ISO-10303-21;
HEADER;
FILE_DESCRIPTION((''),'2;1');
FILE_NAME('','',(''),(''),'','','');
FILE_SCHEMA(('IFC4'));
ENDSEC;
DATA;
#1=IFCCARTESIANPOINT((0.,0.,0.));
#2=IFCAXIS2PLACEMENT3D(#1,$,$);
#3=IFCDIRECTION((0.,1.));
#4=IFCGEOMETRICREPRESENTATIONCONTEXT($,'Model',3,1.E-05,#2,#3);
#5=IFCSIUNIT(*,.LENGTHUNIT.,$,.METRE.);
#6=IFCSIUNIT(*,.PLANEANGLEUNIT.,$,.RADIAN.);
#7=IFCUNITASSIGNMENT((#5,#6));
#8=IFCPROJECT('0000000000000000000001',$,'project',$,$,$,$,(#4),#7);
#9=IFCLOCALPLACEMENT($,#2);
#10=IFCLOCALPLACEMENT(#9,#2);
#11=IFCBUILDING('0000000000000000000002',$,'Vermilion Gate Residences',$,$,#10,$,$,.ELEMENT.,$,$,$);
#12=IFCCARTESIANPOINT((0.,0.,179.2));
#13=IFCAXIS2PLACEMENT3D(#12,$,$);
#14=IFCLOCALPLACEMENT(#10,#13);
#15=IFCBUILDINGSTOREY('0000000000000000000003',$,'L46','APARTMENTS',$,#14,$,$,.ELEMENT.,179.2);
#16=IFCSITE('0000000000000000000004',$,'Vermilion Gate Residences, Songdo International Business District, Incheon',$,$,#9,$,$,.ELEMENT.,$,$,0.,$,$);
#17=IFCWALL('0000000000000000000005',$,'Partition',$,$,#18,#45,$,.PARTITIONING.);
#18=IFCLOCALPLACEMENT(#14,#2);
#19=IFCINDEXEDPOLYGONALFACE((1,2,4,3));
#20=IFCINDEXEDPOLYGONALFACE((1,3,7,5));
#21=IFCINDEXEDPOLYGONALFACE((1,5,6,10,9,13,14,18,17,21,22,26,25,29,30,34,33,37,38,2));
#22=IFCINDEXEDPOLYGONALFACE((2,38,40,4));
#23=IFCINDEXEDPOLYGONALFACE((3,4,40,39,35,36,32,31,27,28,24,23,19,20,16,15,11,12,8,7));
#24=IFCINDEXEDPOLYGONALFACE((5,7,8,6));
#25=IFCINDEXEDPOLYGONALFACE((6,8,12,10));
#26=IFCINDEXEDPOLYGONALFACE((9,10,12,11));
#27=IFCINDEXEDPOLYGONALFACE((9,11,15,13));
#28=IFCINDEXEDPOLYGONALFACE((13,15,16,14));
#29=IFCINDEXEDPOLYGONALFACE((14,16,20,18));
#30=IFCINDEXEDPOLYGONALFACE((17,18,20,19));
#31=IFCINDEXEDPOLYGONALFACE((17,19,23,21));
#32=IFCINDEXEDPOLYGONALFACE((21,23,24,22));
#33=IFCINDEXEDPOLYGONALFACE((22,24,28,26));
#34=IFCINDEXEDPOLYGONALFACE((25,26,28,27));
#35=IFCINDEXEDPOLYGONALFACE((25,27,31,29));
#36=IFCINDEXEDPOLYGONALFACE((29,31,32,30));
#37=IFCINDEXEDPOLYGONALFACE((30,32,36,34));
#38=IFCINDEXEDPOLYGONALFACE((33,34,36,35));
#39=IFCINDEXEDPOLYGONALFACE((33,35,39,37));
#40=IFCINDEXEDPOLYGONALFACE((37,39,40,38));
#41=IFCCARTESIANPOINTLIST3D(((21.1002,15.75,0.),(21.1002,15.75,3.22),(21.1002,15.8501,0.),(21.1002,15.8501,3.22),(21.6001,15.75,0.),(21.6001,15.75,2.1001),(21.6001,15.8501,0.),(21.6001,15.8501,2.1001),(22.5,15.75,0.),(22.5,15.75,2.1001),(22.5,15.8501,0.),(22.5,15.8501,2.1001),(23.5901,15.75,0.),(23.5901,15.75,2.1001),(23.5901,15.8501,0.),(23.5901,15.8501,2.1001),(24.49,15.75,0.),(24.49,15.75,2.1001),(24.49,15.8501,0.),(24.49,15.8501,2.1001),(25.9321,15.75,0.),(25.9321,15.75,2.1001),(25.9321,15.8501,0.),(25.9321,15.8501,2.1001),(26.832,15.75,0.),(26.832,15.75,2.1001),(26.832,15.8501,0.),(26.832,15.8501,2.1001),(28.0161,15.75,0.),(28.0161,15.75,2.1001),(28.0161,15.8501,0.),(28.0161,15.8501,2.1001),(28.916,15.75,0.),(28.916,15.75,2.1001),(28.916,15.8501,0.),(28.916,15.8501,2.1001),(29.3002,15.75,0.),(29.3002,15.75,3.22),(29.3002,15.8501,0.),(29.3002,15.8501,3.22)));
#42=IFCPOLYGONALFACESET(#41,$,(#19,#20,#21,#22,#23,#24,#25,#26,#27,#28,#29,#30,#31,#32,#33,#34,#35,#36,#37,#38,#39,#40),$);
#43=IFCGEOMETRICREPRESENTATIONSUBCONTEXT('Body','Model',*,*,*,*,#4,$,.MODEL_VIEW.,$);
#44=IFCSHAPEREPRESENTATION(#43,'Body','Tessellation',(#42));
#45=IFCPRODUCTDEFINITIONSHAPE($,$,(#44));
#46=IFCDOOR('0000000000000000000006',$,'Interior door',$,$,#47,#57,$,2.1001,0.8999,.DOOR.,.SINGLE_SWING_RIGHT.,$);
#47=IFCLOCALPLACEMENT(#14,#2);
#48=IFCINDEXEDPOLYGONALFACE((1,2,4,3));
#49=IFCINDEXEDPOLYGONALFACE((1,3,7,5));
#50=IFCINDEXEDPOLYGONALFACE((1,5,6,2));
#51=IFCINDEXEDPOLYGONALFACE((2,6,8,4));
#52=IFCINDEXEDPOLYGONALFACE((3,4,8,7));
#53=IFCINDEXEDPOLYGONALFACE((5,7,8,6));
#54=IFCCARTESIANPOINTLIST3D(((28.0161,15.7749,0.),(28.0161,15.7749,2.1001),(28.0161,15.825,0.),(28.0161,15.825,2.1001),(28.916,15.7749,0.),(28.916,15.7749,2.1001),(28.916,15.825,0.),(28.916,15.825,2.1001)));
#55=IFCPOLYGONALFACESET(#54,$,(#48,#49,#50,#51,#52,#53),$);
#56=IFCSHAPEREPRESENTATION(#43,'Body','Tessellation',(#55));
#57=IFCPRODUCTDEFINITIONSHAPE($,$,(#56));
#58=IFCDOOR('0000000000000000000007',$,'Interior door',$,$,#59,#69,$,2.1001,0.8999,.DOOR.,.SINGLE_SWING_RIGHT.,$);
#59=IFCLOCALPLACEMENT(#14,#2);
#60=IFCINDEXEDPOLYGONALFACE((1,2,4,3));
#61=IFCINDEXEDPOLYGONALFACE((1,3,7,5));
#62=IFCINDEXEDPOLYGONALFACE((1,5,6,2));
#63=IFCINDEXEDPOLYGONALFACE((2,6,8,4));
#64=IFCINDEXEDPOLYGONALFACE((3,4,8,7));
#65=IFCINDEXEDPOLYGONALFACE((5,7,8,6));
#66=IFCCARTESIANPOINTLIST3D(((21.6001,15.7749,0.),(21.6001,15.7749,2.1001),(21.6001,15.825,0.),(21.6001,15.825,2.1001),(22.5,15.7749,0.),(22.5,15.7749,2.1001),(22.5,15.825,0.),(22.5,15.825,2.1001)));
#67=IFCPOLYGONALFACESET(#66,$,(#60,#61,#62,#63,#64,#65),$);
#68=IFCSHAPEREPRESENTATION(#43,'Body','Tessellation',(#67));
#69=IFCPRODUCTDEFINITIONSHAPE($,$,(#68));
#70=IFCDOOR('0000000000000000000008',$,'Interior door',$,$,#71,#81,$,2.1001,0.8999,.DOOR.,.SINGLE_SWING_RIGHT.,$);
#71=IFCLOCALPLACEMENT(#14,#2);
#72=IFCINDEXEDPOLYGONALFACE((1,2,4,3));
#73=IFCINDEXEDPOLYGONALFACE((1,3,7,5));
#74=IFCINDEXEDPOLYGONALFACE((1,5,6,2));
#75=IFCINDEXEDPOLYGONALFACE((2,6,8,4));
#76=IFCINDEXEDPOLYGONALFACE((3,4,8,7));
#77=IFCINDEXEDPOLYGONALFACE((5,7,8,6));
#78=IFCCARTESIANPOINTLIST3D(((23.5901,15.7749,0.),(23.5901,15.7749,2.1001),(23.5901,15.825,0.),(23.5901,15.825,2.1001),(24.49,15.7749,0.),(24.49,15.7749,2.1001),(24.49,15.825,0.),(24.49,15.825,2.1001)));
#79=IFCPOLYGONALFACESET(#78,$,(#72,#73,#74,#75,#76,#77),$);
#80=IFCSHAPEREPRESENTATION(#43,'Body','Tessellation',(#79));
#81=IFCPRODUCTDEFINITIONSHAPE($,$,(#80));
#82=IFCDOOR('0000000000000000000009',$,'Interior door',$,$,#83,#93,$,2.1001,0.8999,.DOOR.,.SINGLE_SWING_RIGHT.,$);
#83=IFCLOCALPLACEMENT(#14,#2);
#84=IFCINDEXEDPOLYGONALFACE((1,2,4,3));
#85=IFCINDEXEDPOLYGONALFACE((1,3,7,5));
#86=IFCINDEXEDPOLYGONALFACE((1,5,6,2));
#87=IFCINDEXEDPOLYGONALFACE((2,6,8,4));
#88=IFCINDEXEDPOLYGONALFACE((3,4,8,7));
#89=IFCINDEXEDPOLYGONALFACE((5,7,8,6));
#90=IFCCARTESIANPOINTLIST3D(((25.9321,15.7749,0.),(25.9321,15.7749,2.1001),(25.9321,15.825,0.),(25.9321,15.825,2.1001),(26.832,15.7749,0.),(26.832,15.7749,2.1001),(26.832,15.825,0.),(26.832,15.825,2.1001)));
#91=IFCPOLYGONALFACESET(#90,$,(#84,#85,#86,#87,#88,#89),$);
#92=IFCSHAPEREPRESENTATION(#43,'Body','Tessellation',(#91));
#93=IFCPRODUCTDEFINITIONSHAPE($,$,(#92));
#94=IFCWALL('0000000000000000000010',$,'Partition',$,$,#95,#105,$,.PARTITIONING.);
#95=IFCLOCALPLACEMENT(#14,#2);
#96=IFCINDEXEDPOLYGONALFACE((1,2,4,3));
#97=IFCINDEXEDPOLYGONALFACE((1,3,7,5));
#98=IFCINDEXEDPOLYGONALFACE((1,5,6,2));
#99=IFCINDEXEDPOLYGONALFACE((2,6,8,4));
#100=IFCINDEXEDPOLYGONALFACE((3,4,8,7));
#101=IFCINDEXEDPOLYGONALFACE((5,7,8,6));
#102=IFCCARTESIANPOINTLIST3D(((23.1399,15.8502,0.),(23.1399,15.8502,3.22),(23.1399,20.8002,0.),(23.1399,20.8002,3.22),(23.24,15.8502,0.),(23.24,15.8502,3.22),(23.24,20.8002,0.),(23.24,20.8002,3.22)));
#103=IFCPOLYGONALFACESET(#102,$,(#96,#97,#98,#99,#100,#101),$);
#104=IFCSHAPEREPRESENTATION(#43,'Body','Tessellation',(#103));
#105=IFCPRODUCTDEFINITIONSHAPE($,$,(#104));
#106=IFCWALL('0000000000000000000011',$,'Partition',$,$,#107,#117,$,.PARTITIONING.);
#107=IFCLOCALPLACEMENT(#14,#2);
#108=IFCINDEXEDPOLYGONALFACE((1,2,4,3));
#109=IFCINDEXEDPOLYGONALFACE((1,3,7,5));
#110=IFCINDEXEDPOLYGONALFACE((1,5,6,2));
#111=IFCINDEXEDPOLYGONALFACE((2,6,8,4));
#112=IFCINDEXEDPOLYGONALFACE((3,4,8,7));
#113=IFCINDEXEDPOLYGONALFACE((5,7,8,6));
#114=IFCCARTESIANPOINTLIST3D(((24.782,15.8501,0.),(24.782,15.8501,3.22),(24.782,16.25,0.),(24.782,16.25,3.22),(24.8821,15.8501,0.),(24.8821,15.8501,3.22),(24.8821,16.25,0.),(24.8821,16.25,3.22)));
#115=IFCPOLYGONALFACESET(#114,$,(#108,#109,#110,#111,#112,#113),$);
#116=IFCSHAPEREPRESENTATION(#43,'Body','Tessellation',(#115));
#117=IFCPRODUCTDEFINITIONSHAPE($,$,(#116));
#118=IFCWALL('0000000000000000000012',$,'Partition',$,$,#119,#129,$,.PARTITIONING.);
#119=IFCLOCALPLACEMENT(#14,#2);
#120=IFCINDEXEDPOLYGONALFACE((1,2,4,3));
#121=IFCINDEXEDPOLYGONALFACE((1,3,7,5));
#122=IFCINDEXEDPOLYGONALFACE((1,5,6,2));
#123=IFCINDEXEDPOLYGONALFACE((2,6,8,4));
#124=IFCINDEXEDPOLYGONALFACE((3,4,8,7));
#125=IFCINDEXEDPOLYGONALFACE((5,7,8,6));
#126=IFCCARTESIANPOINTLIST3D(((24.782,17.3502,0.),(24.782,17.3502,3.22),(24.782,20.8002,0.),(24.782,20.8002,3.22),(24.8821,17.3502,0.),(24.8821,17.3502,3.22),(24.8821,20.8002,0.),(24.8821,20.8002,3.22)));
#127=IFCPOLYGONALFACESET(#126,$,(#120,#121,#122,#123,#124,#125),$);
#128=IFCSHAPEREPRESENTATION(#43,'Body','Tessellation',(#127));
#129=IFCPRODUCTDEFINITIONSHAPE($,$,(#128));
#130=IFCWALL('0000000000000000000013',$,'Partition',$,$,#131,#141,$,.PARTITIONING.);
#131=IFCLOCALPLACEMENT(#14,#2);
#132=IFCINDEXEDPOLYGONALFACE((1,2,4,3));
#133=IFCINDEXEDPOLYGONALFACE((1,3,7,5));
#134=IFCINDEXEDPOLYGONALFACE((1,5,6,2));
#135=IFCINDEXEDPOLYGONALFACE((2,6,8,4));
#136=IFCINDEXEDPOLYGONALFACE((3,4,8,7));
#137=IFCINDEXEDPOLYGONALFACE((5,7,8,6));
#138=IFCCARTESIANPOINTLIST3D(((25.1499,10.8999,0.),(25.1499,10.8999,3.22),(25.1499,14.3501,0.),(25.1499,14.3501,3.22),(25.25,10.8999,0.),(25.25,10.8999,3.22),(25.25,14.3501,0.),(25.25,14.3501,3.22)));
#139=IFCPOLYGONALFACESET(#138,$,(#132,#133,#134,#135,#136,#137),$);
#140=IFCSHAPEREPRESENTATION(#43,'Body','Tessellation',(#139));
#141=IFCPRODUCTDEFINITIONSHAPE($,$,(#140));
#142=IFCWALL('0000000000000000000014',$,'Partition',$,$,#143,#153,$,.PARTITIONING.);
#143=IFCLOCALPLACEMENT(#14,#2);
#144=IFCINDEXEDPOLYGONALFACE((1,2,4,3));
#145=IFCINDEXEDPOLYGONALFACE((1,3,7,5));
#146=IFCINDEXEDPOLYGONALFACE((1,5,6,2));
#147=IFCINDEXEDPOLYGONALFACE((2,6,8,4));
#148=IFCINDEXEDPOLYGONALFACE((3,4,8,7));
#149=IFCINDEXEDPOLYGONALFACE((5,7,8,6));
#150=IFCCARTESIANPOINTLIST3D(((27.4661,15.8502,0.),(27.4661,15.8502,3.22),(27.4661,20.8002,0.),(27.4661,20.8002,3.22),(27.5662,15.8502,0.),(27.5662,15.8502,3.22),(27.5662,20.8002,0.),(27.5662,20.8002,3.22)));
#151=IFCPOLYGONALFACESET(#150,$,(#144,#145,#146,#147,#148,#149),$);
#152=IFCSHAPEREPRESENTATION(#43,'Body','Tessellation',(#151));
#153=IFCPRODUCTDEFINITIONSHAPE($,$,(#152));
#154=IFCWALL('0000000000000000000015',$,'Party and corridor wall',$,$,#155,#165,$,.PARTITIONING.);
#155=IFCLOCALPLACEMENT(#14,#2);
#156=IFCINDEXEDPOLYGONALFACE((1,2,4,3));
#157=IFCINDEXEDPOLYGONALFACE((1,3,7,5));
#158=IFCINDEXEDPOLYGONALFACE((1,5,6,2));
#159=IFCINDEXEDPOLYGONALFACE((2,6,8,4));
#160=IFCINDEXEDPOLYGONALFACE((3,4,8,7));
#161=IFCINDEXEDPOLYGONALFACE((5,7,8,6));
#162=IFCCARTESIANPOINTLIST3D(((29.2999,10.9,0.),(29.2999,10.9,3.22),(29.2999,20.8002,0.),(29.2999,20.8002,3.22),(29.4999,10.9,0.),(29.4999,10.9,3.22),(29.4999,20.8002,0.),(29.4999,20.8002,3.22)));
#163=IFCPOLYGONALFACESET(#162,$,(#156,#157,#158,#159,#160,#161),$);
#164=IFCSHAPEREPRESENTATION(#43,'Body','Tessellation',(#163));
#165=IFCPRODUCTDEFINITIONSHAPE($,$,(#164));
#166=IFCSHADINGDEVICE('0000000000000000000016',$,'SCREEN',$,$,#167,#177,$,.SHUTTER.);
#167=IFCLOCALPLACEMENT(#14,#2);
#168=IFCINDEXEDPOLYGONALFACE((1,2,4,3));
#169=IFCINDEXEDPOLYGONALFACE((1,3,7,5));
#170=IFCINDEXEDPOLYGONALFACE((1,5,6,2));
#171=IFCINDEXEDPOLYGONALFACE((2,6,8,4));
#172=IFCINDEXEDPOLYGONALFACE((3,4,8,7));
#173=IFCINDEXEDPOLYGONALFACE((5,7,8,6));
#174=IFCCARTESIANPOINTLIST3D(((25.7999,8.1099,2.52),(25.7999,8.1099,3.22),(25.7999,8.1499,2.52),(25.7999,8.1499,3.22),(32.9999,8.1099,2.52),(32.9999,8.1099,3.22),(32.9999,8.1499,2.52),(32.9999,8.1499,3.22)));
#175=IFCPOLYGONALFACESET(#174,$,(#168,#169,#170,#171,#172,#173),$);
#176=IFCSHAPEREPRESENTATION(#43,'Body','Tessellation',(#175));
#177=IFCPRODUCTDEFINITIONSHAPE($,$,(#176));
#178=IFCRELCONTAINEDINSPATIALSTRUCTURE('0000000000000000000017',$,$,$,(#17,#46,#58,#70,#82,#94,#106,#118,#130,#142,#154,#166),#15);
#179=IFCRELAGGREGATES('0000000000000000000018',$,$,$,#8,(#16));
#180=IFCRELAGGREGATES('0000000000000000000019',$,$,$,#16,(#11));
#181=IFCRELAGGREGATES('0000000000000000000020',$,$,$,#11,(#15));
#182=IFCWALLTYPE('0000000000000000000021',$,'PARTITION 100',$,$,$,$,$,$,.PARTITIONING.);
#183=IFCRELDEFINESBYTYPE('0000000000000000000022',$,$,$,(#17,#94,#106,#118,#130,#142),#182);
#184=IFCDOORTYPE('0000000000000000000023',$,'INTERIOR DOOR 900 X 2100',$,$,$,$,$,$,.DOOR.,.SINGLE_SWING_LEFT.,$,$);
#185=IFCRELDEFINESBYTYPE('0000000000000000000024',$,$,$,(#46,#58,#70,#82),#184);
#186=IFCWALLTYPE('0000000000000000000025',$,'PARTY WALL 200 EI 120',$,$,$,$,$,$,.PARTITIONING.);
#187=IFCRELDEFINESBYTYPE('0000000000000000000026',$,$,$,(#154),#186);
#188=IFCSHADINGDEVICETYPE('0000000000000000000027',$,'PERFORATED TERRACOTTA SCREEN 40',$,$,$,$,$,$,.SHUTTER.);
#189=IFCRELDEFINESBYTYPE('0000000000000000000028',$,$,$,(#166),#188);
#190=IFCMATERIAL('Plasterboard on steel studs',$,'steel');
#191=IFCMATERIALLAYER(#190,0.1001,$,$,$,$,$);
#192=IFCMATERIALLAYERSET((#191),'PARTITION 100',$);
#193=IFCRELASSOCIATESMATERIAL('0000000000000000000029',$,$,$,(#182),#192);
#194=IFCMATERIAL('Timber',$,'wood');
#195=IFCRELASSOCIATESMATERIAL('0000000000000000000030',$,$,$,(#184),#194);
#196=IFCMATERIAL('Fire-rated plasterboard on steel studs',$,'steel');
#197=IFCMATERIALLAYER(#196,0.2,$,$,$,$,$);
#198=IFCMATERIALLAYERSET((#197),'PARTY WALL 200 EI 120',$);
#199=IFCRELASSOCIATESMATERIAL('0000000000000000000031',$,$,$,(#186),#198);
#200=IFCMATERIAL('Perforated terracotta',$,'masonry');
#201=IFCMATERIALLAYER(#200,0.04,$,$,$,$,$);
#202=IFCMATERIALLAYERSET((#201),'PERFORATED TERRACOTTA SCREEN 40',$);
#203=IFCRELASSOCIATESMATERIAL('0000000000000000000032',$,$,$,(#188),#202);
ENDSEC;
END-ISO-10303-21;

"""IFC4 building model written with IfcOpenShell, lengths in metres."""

from ifc_helpers import new_model, si_unit, direction, frame, frame_2d, origin, origin_2d, place, context, subcontext, project, spatial, rectangle, extrude, material, layer, layer_set, type_object, element, fill, save


model = new_model("IFC4")

# Units and contexts
model_context = context("Model", 3, precision=1e-05, world=origin(), true_north=direction((0.0, 1.0)))
body_context = subcontext(model_context, "Body", "Model", "MODEL_VIEW")
ifc_project = project(units=[si_unit("LENGTHUNIT", "METRE"), si_unit("PLANEANGLEUNIT", "RADIAN")], contexts=[model_context])

# Site, building, storey
site_placement = place(None, origin())
site = spatial("IfcSite", under=ifc_project, at=site_placement, Name="Vermilion Gate Residences, Songdo International Business District, Incheon", CompositionType="ELEMENT", RefElevation=0.0)
building_placement = place(site_placement, origin())
building = spatial("IfcBuilding", under=site, at=building_placement, Name="Vermilion Gate Residences", CompositionType="ELEMENT")
storey_placement = place(building_placement, frame((0.0, 0.0, 179.2)))
storey = spatial("IfcBuildingStorey", under=building, at=storey_placement, Name="L46", Description="APARTMENTS", CompositionType="ELEMENT", Elevation=179.2)

# Wall, openings, doors
ifc_material_1 = material(Name="Plasterboard on steel studs", Category="steel")
ifc_layer_1 = layer(ifc_material_1, 0.1001)
ifc_layer_set_1 = layer_set([ifc_layer_1], Name="PARTITION 100")
wall_type_1 = type_object("IfcWallType", Name="PARTITION 100", PredefinedType="PARTITIONING", material=ifc_layer_set_1)
ifc_material_2 = material(Name="Timber", Category="wood")
door_type = type_object("IfcDoorType", Name="INTERIOR DOOR 900 X 2100", OperationType="SINGLE_SWING_LEFT", PredefinedType="DOOR", material=ifc_material_2)
wall_1_placement = place(storey_placement, frame((21.1001, 15.8, 0.0), z_axis=(0.0, 0.0, 1.0), x_axis=(1.0, 0.0, 0.0)))
wall_1 = element("IfcWall", 1, at=wall_1_placement, inside=storey, type_object=wall_type_1, Name="Partition", PredefinedType="PARTITIONING", context=body_context, shape_type="SweptSolid", body=[
    extrude(rectangle(XDim=8.2, YDim=0.1001, at=frame_2d((4.1001, 0.0))), origin(), (0.0, 0.0, 1.0), 3.22),
])
opening_1_placement = place(wall_1_placement, frame((6.916, 0.0, 0.0)))
opening_1 = element("IfcOpeningElement", 2, at=opening_1_placement, cuts=wall_1, PredefinedType="OPENING", context=body_context, shape_type="SweptSolid", body=[
    extrude(rectangle(XDim=0.8999, YDim=2.1001, at=frame_2d((0.45, 1.05))), frame((0.0, 0.0601, 0.0), z_axis=(0.0, -1.0, 0.0), x_axis=(1.0, 0.0, 0.0)), (0.0, 0.0, 1.0), 0.1201),
])
opening_2_placement = place(wall_1_placement, frame((0.5, 0.0, 0.0)))
opening_2 = element("IfcOpeningElement", 3, at=opening_2_placement, cuts=wall_1, PredefinedType="OPENING", context=body_context, shape_type="SweptSolid", body=[
    extrude(rectangle(XDim=0.8999, YDim=2.1001, at=frame_2d((0.45, 1.05))), frame((0.0, 0.0601, 0.0), z_axis=(0.0, -1.0, 0.0), x_axis=(1.0, 0.0, 0.0)), (0.0, 0.0, 1.0), 0.1201),
])
opening_3_placement = place(wall_1_placement, frame((2.49, 0.0, 0.0)))
opening_3 = element("IfcOpeningElement", 4, at=opening_3_placement, cuts=wall_1, PredefinedType="OPENING", context=body_context, shape_type="SweptSolid", body=[
    extrude(rectangle(XDim=0.8999, YDim=2.1001, at=frame_2d((0.45, 1.05))), frame((0.0, 0.0601, 0.0), z_axis=(0.0, -1.0, 0.0), x_axis=(1.0, 0.0, 0.0)), (0.0, 0.0, 1.0), 0.1201),
])
opening_4_placement = place(wall_1_placement, frame((4.832, 0.0, 0.0)))
opening_4 = element("IfcOpeningElement", 5, at=opening_4_placement, cuts=wall_1, PredefinedType="OPENING", context=body_context, shape_type="SweptSolid", body=[
    extrude(rectangle(XDim=0.8999, YDim=2.1001, at=frame_2d((0.45, 1.05))), frame((0.0, 0.0601, 0.0), z_axis=(0.0, -1.0, 0.0), x_axis=(1.0, 0.0, 0.0)), (0.0, 0.0, 1.0), 0.1201),
])
door_1_placement = place(opening_1_placement, origin())
door_1 = element("IfcDoor", 6, at=door_1_placement, inside=storey, type_object=door_type, Name="Interior door", OperationType="SINGLE_SWING_RIGHT", OverallHeight=2.1001, OverallWidth=0.8999, PredefinedType="DOOR", context=body_context, shape_type="SweptSolid", body=[
    extrude(rectangle(XDim=0.8999, YDim=2.1001, at=frame_2d((0.45, 1.05))), frame((0.0, 0.0249, 0.0), z_axis=(0.0, -1.0, 0.0), x_axis=(1.0, 0.0, 0.0)), (0.0, 0.0, 1.0), 0.05),
])
fill(opening_1, door_1)
door_2_placement = place(opening_2_placement, origin())
door_2 = element("IfcDoor", 7, at=door_2_placement, inside=storey, type_object=door_type, Name="Interior door", OperationType="SINGLE_SWING_RIGHT", OverallHeight=2.1001, OverallWidth=0.8999, PredefinedType="DOOR", context=body_context, shape_type="SweptSolid", body=[
    extrude(rectangle(XDim=0.8999, YDim=2.1001, at=frame_2d((0.45, 1.05))), frame((0.0, 0.0249, 0.0), z_axis=(0.0, -1.0, 0.0), x_axis=(1.0, 0.0, 0.0)), (0.0, 0.0, 1.0), 0.05),
])
fill(opening_2, door_2)
door_3_placement = place(opening_3_placement, origin())
door_3 = element("IfcDoor", 8, at=door_3_placement, inside=storey, type_object=door_type, Name="Interior door", OperationType="SINGLE_SWING_RIGHT", OverallHeight=2.1001, OverallWidth=0.8999, PredefinedType="DOOR", context=body_context, shape_type="SweptSolid", body=[
    extrude(rectangle(XDim=0.8999, YDim=2.1001, at=frame_2d((0.45, 1.05))), frame((0.0, 0.0249, 0.0), z_axis=(0.0, -1.0, 0.0), x_axis=(1.0, 0.0, 0.0)), (0.0, 0.0, 1.0), 0.05),
])
fill(opening_3, door_3)
door_4_placement = place(opening_4_placement, origin())
door_4 = element("IfcDoor", 9, at=door_4_placement, inside=storey, type_object=door_type, Name="Interior door", OperationType="SINGLE_SWING_RIGHT", OverallHeight=2.1001, OverallWidth=0.8999, PredefinedType="DOOR", context=body_context, shape_type="SweptSolid", body=[
    extrude(rectangle(XDim=0.8999, YDim=2.1001, at=frame_2d((0.45, 1.05))), frame((0.0, 0.0249, 0.0), z_axis=(0.0, -1.0, 0.0), x_axis=(1.0, 0.0, 0.0)), (0.0, 0.0, 1.0), 0.05),
])
fill(opening_4, door_4)

# Walls
wall_2_placement = place(storey_placement, frame((23.1899, 15.8501, 0.0), z_axis=(0.0, 0.0, 1.0), x_axis=(0.0, 1.0, 0.0)))
element("IfcWall", 10, at=wall_2_placement, inside=storey, type_object=wall_type_1, Name="Partition", PredefinedType="PARTITIONING", context=body_context, shape_type="SweptSolid", body=[
    extrude(rectangle(XDim=4.95, YDim=0.1001, at=frame_2d((2.4751, 0.0))), origin(), (0.0, 0.0, 1.0), 3.22),
])
wall_3_placement = place(storey_placement, frame((24.832, 15.8501, 0.0), z_axis=(0.0, 0.0, 1.0), x_axis=(0.0, 1.0, 0.0)))
element("IfcWall", 11, at=wall_3_placement, inside=storey, type_object=wall_type_1, Name="Partition", PredefinedType="PARTITIONING", context=body_context, shape_type="SweptSolid", body=[
    extrude(rectangle(XDim=0.3999, YDim=0.1001, at=frame_2d((0.2, 0.0))), origin(), (0.0, 0.0, 1.0), 3.22),
])
wall_4_placement = place(storey_placement, frame((24.832, 17.3501, 0.0), z_axis=(0.0, 0.0, 1.0), x_axis=(0.0, 1.0, 0.0)))
element("IfcWall", 12, at=wall_4_placement, inside=storey, type_object=wall_type_1, Name="Partition", PredefinedType="PARTITIONING", context=body_context, shape_type="SweptSolid", body=[
    extrude(rectangle(XDim=3.45, YDim=0.1001, at=frame_2d((1.7251, 0.0))), origin(), (0.0, 0.0, 1.0), 3.22),
])
wall_5_placement = place(storey_placement, frame((25.2, 10.8999, 0.0), z_axis=(0.0, 0.0, 1.0), x_axis=(0.0, 1.0, 0.0)))
element("IfcWall", 13, at=wall_5_placement, inside=storey, type_object=wall_type_1, Name="Partition", PredefinedType="PARTITIONING", context=body_context, shape_type="SweptSolid", body=[
    extrude(rectangle(XDim=3.4502, YDim=0.1001, at=frame_2d((1.7251, 0.0))), origin(), (0.0, 0.0, 1.0), 3.22),
])
wall_6_placement = place(storey_placement, frame((27.5161, 15.8501, 0.0), z_axis=(0.0, 0.0, 1.0), x_axis=(0.0, 1.0, 0.0)))
element("IfcWall", 14, at=wall_6_placement, inside=storey, type_object=wall_type_1, Name="Partition", PredefinedType="PARTITIONING", context=body_context, shape_type="SweptSolid", body=[
    extrude(rectangle(XDim=4.95, YDim=0.1001, at=frame_2d((2.4751, 0.0))), origin(), (0.0, 0.0, 1.0), 3.22),
])
ifc_material_3 = material(Name="Fire-rated plasterboard on steel studs", Category="steel")
ifc_layer_2 = layer(ifc_material_3, 0.2)
ifc_layer_set_2 = layer_set([ifc_layer_2], Name="PARTY WALL 200 EI 120")
wall_type_2 = type_object("IfcWallType", Name="PARTY WALL 200 EI 120", PredefinedType="PARTITIONING", material=ifc_layer_set_2)
wall_7_placement = place(storey_placement, frame((29.3999, 10.8999, 0.0), z_axis=(0.0, 0.0, 1.0), x_axis=(0.0, 1.0, 0.0)))
element("IfcWall", 15, at=wall_7_placement, inside=storey, type_object=wall_type_2, Name="Party and corridor wall", PredefinedType="PARTITIONING", context=body_context, shape_type="SweptSolid", body=[
    extrude(rectangle(XDim=9.9001, YDim=0.2, at=frame_2d((4.9502, 0.0))), origin(), (0.0, 0.0, 1.0), 3.22),
])

# Shading device
ifc_material_4 = material(Name="Perforated terracotta", Category="masonry")
ifc_layer_3 = layer(ifc_material_4, 0.04)
ifc_layer_set_3 = layer_set([ifc_layer_3], Name="PERFORATED TERRACOTTA SCREEN 40")
shading_device_type_1 = type_object("IfcShadingDeviceType", Name="PERFORATED TERRACOTTA SCREEN 40", PredefinedType="SHUTTER", material=ifc_layer_set_3)
shading_device_1_placement = place(storey_placement, frame((29.3999, 8.1299, 2.52), z_axis=(0.0, 0.0, 1.0), x_axis=(1.0, 0.0, 0.0)))
element("IfcShadingDevice", 16, at=shading_device_1_placement, inside=storey, type_object=shading_device_type_1, Name="SCREEN", PredefinedType="SHUTTER", context=body_context, shape_type="SweptSolid", body=[
    extrude(rectangle(XDim=7.2, YDim=0.04, at=origin_2d()), origin(), (0.0, 0.0, 1.0), 0.7),
])

save(model, "model.ifc")
